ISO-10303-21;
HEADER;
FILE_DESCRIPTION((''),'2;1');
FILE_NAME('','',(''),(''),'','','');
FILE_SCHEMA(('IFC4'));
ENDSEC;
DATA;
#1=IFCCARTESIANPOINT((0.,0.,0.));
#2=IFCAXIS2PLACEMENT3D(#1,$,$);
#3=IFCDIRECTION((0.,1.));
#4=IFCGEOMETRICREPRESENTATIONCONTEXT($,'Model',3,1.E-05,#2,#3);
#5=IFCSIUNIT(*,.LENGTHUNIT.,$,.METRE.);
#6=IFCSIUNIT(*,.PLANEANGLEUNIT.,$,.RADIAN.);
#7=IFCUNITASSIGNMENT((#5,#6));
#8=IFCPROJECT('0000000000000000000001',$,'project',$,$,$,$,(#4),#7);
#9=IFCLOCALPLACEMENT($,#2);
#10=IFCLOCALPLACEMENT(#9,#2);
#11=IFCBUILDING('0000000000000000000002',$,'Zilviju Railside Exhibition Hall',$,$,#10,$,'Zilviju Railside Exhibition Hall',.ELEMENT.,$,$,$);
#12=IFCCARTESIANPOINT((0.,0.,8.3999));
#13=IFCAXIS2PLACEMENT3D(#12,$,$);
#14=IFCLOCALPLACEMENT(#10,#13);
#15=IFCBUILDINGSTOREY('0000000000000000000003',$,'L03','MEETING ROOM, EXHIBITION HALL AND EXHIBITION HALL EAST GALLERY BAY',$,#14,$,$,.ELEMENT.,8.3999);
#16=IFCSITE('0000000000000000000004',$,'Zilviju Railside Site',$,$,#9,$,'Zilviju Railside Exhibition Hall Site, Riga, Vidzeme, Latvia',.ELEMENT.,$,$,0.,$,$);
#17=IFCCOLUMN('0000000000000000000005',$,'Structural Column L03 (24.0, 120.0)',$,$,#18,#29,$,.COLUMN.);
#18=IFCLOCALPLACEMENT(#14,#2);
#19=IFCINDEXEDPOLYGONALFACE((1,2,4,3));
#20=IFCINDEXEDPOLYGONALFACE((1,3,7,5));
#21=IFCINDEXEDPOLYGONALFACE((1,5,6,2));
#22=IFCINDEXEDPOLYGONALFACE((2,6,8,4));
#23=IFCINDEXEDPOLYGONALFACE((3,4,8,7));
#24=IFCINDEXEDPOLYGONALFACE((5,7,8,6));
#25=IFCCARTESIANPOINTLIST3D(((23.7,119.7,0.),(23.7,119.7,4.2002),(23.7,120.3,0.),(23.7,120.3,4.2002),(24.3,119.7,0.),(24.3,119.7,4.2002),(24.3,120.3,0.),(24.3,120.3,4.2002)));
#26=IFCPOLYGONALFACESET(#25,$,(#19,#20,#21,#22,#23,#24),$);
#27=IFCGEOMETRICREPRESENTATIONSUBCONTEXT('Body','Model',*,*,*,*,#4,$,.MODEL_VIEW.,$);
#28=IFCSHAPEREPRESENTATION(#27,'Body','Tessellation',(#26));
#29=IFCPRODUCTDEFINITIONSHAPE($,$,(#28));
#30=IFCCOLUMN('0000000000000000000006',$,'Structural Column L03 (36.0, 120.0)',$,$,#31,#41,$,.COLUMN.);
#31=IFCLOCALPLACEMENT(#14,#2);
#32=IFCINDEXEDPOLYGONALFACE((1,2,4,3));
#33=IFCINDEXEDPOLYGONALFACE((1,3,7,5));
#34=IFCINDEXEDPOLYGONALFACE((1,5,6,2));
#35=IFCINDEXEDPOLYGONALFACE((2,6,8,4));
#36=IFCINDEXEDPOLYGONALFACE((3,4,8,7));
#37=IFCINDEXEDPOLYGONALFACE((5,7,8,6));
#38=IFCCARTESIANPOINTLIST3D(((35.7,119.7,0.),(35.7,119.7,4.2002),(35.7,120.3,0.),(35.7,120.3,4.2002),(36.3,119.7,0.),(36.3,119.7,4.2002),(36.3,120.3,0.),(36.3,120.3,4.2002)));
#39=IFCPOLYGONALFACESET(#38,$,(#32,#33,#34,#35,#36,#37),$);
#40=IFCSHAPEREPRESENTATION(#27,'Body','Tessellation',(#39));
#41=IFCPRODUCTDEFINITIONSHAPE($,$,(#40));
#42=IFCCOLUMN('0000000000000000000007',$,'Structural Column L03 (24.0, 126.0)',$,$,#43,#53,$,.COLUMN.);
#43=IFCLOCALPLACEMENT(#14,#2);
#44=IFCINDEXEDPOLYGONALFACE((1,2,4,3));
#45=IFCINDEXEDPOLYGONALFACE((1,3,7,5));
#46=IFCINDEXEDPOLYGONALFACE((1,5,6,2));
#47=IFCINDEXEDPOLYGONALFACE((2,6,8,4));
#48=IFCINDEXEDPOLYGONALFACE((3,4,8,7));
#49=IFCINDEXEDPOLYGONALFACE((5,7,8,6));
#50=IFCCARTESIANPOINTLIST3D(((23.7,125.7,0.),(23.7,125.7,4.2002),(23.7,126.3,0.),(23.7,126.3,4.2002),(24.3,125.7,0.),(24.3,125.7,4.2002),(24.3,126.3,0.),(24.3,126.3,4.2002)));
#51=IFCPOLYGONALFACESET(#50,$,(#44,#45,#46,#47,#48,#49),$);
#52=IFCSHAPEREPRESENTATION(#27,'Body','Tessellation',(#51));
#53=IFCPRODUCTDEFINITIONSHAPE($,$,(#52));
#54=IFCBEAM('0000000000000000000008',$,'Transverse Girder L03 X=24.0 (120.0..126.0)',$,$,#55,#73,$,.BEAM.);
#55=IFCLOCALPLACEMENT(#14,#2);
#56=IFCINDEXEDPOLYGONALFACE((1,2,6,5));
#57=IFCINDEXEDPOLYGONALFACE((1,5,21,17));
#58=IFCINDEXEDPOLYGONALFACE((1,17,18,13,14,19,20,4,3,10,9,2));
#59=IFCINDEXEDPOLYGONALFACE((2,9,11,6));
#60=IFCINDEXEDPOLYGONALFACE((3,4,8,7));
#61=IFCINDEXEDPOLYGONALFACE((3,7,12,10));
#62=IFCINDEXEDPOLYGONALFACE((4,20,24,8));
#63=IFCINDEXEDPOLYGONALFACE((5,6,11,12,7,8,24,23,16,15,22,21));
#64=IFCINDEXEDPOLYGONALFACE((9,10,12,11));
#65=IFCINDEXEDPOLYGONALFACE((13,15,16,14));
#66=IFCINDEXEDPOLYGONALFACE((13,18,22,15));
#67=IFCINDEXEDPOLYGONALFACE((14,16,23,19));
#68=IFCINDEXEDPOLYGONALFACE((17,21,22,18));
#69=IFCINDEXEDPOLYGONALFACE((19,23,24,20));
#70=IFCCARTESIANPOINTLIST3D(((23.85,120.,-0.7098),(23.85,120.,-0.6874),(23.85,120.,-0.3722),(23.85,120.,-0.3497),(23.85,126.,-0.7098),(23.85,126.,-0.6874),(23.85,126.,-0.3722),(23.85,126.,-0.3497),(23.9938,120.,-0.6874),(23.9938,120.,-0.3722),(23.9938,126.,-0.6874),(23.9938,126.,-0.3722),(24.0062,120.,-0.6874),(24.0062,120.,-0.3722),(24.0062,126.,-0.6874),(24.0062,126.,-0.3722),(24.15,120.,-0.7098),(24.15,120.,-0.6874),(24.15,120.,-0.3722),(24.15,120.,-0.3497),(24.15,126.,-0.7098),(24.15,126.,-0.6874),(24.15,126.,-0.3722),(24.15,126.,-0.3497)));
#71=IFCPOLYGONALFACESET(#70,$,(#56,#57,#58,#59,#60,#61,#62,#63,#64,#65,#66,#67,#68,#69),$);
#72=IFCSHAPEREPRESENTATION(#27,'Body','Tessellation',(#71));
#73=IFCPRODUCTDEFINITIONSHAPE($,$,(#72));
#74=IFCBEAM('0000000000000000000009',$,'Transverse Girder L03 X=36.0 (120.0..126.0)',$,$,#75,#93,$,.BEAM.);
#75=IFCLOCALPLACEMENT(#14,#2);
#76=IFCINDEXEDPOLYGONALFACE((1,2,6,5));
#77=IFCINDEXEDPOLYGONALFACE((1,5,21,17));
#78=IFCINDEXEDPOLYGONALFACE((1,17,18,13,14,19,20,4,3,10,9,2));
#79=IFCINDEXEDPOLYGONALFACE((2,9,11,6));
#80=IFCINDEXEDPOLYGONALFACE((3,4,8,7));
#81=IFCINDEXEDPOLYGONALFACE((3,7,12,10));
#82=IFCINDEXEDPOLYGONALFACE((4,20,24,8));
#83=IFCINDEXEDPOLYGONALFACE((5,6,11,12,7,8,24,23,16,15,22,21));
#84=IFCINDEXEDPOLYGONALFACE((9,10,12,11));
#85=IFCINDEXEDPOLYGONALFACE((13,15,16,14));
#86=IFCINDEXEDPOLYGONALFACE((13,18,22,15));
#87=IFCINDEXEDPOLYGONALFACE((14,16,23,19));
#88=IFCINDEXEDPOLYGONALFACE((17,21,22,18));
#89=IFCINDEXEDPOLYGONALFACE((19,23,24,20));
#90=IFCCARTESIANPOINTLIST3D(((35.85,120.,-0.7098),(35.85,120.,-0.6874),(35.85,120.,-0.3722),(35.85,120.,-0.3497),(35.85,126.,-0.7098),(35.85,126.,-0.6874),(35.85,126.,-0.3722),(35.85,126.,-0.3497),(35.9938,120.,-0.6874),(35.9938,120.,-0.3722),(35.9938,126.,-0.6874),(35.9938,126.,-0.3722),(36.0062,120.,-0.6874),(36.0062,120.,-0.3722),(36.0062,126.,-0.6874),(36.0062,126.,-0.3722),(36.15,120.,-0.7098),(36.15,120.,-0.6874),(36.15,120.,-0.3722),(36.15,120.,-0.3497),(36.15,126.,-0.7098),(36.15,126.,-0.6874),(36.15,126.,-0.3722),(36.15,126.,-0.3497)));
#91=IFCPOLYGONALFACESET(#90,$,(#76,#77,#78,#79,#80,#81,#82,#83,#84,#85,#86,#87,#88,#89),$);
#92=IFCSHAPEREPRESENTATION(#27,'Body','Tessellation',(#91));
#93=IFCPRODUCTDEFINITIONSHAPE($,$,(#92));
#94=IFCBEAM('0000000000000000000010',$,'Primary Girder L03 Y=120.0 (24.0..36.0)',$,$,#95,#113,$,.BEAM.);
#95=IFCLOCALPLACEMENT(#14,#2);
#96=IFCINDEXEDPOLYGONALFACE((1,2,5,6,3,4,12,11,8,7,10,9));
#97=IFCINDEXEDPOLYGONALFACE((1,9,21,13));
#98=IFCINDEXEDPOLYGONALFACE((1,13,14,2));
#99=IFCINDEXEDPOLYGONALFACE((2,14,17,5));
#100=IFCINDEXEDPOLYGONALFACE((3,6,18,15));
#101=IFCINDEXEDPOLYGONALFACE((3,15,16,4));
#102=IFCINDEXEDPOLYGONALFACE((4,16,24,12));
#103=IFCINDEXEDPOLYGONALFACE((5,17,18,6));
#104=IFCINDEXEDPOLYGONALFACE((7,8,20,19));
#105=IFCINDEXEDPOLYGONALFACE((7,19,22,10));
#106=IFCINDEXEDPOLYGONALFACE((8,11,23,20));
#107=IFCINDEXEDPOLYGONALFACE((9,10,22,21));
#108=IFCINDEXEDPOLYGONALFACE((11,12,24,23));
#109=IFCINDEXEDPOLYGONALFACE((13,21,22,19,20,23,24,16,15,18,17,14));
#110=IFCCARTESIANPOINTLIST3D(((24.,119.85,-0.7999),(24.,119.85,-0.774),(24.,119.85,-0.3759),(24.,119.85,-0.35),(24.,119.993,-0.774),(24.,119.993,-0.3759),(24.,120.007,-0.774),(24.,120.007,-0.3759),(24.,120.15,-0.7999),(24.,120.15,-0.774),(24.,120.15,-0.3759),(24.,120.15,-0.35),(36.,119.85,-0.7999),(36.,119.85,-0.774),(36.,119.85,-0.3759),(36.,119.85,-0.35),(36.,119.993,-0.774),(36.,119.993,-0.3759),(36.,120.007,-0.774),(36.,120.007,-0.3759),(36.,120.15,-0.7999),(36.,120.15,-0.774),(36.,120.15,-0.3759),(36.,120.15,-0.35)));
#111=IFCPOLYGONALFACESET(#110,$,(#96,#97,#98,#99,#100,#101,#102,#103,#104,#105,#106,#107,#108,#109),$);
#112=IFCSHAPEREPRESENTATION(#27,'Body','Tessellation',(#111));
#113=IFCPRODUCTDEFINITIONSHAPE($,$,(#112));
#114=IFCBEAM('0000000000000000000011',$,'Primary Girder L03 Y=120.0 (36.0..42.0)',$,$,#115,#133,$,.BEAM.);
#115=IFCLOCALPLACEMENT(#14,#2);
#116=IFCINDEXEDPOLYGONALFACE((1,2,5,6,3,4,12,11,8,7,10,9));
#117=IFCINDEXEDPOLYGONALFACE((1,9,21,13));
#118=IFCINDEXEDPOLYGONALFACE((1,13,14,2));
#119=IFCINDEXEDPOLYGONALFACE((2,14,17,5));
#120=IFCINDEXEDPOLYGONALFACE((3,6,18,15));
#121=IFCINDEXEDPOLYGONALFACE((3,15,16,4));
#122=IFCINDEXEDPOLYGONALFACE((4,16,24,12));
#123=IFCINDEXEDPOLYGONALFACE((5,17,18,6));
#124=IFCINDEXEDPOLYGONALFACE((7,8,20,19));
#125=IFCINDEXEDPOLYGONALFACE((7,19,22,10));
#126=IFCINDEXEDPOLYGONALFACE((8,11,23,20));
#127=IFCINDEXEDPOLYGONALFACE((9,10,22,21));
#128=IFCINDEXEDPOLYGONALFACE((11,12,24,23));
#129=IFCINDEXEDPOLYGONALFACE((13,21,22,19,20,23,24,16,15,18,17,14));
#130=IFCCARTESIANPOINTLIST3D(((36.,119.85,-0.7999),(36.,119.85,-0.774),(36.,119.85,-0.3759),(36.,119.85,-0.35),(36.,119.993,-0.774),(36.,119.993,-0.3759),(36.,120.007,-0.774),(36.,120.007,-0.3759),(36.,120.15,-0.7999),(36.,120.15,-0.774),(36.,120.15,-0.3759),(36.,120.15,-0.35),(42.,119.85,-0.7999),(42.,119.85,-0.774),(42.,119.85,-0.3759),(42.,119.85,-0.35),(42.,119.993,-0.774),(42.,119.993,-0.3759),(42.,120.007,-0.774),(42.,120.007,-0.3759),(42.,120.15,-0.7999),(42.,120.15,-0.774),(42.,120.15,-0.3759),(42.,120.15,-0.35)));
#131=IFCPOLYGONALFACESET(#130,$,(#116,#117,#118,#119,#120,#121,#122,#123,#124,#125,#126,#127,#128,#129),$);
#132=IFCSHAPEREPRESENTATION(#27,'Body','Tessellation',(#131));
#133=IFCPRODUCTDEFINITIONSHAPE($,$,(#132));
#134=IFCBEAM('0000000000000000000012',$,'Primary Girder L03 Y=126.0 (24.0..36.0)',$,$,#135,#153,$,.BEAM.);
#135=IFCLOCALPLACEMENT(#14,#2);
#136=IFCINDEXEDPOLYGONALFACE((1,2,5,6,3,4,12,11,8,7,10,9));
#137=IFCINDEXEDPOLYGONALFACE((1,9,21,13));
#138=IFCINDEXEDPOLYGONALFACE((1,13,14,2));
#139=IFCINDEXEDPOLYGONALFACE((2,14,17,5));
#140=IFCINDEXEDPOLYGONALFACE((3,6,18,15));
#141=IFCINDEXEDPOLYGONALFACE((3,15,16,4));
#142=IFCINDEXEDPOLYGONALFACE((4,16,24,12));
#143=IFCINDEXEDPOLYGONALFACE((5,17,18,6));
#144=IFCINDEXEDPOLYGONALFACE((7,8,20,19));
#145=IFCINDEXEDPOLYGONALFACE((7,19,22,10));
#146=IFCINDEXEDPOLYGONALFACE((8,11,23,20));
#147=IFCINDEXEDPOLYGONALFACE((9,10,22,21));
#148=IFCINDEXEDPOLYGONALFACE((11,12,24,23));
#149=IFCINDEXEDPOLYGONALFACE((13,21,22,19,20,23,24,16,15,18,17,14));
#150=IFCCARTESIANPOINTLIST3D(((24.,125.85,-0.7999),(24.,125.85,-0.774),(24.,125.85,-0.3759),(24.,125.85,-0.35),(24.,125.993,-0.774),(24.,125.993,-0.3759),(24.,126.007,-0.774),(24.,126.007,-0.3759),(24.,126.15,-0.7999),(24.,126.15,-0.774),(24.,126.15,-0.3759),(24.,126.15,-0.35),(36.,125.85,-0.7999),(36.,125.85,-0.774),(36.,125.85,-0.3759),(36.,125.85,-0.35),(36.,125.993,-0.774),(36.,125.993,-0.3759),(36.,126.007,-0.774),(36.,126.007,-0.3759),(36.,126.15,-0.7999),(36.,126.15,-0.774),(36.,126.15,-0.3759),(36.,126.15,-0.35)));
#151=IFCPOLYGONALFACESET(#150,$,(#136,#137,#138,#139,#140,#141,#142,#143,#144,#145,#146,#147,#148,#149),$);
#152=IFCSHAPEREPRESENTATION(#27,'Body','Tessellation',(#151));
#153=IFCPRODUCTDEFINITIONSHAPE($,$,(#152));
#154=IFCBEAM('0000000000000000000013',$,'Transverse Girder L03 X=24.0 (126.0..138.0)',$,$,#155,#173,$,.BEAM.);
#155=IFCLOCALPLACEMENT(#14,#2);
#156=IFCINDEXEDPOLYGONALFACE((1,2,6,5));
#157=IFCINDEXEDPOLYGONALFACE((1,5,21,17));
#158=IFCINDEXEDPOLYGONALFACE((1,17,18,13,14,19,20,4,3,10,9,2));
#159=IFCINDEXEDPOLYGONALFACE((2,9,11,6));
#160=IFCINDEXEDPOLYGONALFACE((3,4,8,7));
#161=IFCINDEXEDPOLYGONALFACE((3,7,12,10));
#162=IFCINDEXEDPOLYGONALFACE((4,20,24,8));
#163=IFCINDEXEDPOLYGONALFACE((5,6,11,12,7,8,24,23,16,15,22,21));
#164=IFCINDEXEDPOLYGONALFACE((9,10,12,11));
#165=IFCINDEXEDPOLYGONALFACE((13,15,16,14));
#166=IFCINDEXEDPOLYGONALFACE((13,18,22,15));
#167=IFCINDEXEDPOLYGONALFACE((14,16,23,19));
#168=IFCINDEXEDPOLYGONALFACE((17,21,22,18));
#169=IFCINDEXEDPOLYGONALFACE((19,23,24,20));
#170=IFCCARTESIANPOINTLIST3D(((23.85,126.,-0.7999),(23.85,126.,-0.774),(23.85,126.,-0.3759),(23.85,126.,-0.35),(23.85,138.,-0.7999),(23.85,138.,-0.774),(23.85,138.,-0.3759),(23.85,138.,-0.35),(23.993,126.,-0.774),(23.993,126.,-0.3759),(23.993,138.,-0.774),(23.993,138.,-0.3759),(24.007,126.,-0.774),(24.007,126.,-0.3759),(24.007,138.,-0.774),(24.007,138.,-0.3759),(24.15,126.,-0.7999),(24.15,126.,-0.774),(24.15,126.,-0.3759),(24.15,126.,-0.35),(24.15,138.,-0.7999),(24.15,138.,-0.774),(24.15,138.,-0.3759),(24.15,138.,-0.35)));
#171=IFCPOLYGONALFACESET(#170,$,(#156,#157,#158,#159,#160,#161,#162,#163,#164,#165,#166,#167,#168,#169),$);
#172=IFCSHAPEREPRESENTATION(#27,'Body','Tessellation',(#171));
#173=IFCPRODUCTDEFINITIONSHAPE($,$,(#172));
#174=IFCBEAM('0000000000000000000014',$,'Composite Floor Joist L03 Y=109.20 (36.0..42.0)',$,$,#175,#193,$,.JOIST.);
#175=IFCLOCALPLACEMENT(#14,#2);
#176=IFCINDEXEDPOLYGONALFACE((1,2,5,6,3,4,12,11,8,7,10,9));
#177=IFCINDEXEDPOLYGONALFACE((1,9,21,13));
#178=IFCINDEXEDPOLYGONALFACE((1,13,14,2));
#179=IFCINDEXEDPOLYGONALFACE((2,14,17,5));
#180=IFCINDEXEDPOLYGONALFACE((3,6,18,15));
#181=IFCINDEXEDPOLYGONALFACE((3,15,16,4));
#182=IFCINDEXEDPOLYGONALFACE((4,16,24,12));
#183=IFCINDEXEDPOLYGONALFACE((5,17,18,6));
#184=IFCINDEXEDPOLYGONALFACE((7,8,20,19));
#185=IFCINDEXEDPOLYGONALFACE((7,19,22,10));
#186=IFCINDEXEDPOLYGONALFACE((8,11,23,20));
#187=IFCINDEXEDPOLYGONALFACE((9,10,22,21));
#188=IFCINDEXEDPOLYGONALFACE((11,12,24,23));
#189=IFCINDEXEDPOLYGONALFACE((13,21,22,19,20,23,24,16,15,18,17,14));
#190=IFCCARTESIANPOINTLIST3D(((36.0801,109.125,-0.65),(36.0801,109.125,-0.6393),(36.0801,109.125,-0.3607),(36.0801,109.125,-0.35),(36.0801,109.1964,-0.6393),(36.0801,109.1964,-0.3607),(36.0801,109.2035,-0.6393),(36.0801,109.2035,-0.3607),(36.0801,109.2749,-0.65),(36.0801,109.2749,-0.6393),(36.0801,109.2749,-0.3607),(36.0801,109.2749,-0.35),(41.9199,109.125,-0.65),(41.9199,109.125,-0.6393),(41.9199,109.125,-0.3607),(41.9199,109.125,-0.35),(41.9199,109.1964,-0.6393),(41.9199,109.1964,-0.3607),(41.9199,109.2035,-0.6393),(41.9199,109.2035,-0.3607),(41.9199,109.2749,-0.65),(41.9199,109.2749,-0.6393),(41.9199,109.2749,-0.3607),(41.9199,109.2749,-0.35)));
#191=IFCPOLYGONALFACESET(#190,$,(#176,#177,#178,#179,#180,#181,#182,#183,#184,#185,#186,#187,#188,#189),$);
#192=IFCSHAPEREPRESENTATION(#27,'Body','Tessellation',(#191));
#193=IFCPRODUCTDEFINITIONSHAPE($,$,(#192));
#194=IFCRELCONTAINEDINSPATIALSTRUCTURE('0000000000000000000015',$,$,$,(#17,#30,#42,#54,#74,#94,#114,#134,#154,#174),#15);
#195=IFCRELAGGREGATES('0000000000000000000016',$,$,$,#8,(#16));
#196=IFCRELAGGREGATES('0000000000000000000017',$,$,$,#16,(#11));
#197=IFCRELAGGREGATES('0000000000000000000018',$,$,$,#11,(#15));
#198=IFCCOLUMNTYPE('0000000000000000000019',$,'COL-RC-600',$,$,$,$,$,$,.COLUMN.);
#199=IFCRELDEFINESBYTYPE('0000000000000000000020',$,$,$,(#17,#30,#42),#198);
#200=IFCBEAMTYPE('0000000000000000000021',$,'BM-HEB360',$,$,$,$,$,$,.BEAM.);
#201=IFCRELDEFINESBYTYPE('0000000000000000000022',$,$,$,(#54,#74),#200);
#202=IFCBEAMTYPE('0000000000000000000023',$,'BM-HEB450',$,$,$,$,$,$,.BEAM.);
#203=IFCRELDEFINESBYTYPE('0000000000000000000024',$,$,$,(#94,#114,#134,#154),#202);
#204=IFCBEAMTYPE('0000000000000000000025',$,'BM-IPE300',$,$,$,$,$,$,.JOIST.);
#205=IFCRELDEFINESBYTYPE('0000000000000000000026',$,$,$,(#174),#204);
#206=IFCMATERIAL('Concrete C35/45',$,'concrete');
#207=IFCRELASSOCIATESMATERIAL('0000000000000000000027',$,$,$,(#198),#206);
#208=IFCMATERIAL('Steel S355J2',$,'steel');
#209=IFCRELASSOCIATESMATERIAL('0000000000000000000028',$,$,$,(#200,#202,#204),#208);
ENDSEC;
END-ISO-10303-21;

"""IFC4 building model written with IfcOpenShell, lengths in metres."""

from ifc_helpers import new_model, si_unit, direction, frame, origin, origin_2d, place, context, subcontext, project, spatial, rectangle, i_section, extrude, material, material_profile, profile_set, type_object, element, save


model = new_model("IFC4")

# Units and contexts
model_context = context("Model", 3, precision=1e-05, world=origin(), true_north=direction((0.0, 1.0)))
body_context = subcontext(model_context, "Body", "Model", "MODEL_VIEW")
ifc_project = project(units=[si_unit("LENGTHUNIT", "METRE"), si_unit("PLANEANGLEUNIT", "RADIAN")], contexts=[model_context])

# Site, building, storey
site_placement = place(None, origin())
site = spatial("IfcSite", under=ifc_project, at=site_placement, Name="Zilviju Railside Site", LongName="Zilviju Railside Exhibition Hall Site, Riga, Vidzeme, Latvia", CompositionType="ELEMENT", RefElevation=0.0)
building_placement = place(site_placement, origin())
building = spatial("IfcBuilding", under=site, at=building_placement, Name="Zilviju Railside Exhibition Hall", LongName="Zilviju Railside Exhibition Hall", CompositionType="ELEMENT")
storey_placement = place(building_placement, frame((0.0, 0.0, 8.3999)))
storey = spatial("IfcBuildingStorey", under=building, at=storey_placement, Name="L03", Description="MEETING ROOM, EXHIBITION HALL AND EXHIBITION HALL EAST GALLERY BAY", CompositionType="ELEMENT", Elevation=8.3999)

# Columns
ifc_material_1 = material(Name="Concrete C35/45", Category="concrete")
ifc_material_profile_1 = material_profile(ifc_material_1, rectangle(XDim=0.6001, YDim=0.6001, at=origin_2d()), Name="RC COL 600x600")
ifc_profile_set_1 = profile_set([ifc_material_profile_1], Name="Concrete C35/45")
column_type = type_object("IfcColumnType", Name="COL-RC-600", PredefinedType="COLUMN", material=ifc_profile_set_1)
for number, where, z_axis, x_axis, name in (
    (1, (24.0, 120.0, 0.0), (0.0, 0.0, 1.0), (1.0, 0.0, 0.0), "Structural Column L03 (24.0, 120.0)"),
    (2, (36.0, 120.0, 0.0), (0.0, 0.0, 1.0), (1.0, 0.0, 0.0), "Structural Column L03 (36.0, 120.0)"),
    (3, (24.0, 126.0, 0.0), (0.0, 0.0, 1.0), (1.0, 0.0, 0.0), "Structural Column L03 (24.0, 126.0)"),
):
    element("IfcColumn", number, at=place(storey_placement, frame(where, z_axis=z_axis, x_axis=x_axis)), inside=storey, type_object=column_type, Name=name, PredefinedType="COLUMN", context=body_context, shape_type="SweptSolid", body=[
        extrude(rectangle(XDim=0.6001, YDim=0.6001, at=origin_2d()), origin(), (0.0, 0.0, 1.0), 4.2002),
    ])

# Beams
ifc_material_2 = material(Name="Steel S355J2", Category="steel")
ifc_material_profile_2 = material_profile(ifc_material_2, i_section(OverallWidth=0.3, OverallDepth=0.3601, WebThickness=0.0125, FlangeThickness=0.0225, at=origin_2d()), Name="HEB 360")
ifc_profile_set_2 = profile_set([ifc_material_profile_2], Name="Steel S355J2")
beam_type_1 = type_object("IfcBeamType", Name="BM-HEB360", PredefinedType="BEAM", material=ifc_profile_set_2)
for number, where, z_axis, x_axis, name in (
    (4, (24.0, 120.0, -0.5298), (0.0, 1.0, 0.0), (-1.0, 0.0, 0.0), "Transverse Girder L03 X=24.0 (120.0..126.0)"),
    (5, (36.0, 120.0, -0.5298), (0.0, 1.0, 0.0), (-1.0, 0.0, 0.0), "Transverse Girder L03 X=36.0 (120.0..126.0)"),
):
    element("IfcBeam", number, at=place(storey_placement, frame(where, z_axis=z_axis, x_axis=x_axis)), inside=storey, type_object=beam_type_1, Name=name, PredefinedType="BEAM", context=body_context, shape_type="SweptSolid", body=[
        extrude(i_section(OverallWidth=0.3, OverallDepth=0.3601, WebThickness=0.0125, FlangeThickness=0.0225, at=origin_2d()), origin(), (0.0, 0.0, 1.0), 6.0),
    ])
ifc_material_profile_3 = material_profile(ifc_material_2, i_section(OverallWidth=0.3, OverallDepth=0.45, WebThickness=0.0139, FlangeThickness=0.0259, at=origin_2d()), Name="HEB 450")
ifc_profile_set_3 = profile_set([ifc_material_profile_3], Name="Steel S355J2")
beam_type_2 = type_object("IfcBeamType", Name="BM-HEB450", PredefinedType="BEAM", material=ifc_profile_set_3)
beam_1_placement = place(storey_placement, frame((24.0, 120.0, -0.575), z_axis=(1.0, 0.0, 0.0), x_axis=(0.0, 1.0, 0.0)))
element("IfcBeam", 6, at=beam_1_placement, inside=storey, type_object=beam_type_2, Name="Primary Girder L03 Y=120.0 (24.0..36.0)", PredefinedType="BEAM", context=body_context, shape_type="SweptSolid", body=[
    extrude(i_section(OverallWidth=0.3, OverallDepth=0.45, WebThickness=0.0139, FlangeThickness=0.0259, at=origin_2d()), origin(), (0.0, 0.0, 1.0), 12.0),
])
beam_2_placement = place(storey_placement, frame((36.0, 120.0, -0.575), z_axis=(1.0, 0.0, 0.0), x_axis=(0.0, 1.0, 0.0)))
element("IfcBeam", 7, at=beam_2_placement, inside=storey, type_object=beam_type_2, Name="Primary Girder L03 Y=120.0 (36.0..42.0)", PredefinedType="BEAM", context=body_context, shape_type="SweptSolid", body=[
    extrude(i_section(OverallWidth=0.3, OverallDepth=0.45, WebThickness=0.0139, FlangeThickness=0.0259, at=origin_2d()), origin(), (0.0, 0.0, 1.0), 6.0),
])
for number, where, z_axis, x_axis, name in (
    (8, (24.0, 126.0, -0.575), (1.0, 0.0, 0.0), (0.0, 1.0, 0.0), "Primary Girder L03 Y=126.0 (24.0..36.0)"),
    (9, (24.0, 126.0, -0.575), (0.0, 1.0, 0.0), (-1.0, 0.0, 0.0), "Transverse Girder L03 X=24.0 (126.0..138.0)"),
):
    element("IfcBeam", number, at=place(storey_placement, frame(where, z_axis=z_axis, x_axis=x_axis)), inside=storey, type_object=beam_type_2, Name=name, PredefinedType="BEAM", context=body_context, shape_type="SweptSolid", body=[
        extrude(i_section(OverallWidth=0.3, OverallDepth=0.45, WebThickness=0.0139, FlangeThickness=0.0259, at=origin_2d()), origin(), (0.0, 0.0, 1.0), 12.0),
    ])
ifc_material_profile_4 = material_profile(ifc_material_2, i_section(OverallWidth=0.1499, OverallDepth=0.3, WebThickness=0.0071, FlangeThickness=0.0107, at=origin_2d()), Name="IPE 300")
ifc_profile_set_4 = profile_set([ifc_material_profile_4], Name="Steel S355J2")
beam_type_3 = type_object("IfcBeamType", Name="BM-IPE300", PredefinedType="JOIST", material=ifc_profile_set_4)
for number, where, z_axis, x_axis, name in (
    (10, (36.0801, 109.2, -0.5), (1.0, 0.0, 0.0), (0.0, 1.0, 0.0), "Composite Floor Joist L03 Y=109.20 (36.0..42.0)"),
):
    element("IfcBeam", number, at=place(storey_placement, frame(where, z_axis=z_axis, x_axis=x_axis)), inside=storey, type_object=beam_type_3, Name=name, PredefinedType="JOIST", context=body_context, shape_type="SweptSolid", body=[
        extrude(i_section(OverallWidth=0.1499, OverallDepth=0.3, WebThickness=0.0071, FlangeThickness=0.0107, at=origin_2d()), origin(), (0.0, 0.0, 1.0), 5.8398),
    ])

save(model, "model.ifc")
